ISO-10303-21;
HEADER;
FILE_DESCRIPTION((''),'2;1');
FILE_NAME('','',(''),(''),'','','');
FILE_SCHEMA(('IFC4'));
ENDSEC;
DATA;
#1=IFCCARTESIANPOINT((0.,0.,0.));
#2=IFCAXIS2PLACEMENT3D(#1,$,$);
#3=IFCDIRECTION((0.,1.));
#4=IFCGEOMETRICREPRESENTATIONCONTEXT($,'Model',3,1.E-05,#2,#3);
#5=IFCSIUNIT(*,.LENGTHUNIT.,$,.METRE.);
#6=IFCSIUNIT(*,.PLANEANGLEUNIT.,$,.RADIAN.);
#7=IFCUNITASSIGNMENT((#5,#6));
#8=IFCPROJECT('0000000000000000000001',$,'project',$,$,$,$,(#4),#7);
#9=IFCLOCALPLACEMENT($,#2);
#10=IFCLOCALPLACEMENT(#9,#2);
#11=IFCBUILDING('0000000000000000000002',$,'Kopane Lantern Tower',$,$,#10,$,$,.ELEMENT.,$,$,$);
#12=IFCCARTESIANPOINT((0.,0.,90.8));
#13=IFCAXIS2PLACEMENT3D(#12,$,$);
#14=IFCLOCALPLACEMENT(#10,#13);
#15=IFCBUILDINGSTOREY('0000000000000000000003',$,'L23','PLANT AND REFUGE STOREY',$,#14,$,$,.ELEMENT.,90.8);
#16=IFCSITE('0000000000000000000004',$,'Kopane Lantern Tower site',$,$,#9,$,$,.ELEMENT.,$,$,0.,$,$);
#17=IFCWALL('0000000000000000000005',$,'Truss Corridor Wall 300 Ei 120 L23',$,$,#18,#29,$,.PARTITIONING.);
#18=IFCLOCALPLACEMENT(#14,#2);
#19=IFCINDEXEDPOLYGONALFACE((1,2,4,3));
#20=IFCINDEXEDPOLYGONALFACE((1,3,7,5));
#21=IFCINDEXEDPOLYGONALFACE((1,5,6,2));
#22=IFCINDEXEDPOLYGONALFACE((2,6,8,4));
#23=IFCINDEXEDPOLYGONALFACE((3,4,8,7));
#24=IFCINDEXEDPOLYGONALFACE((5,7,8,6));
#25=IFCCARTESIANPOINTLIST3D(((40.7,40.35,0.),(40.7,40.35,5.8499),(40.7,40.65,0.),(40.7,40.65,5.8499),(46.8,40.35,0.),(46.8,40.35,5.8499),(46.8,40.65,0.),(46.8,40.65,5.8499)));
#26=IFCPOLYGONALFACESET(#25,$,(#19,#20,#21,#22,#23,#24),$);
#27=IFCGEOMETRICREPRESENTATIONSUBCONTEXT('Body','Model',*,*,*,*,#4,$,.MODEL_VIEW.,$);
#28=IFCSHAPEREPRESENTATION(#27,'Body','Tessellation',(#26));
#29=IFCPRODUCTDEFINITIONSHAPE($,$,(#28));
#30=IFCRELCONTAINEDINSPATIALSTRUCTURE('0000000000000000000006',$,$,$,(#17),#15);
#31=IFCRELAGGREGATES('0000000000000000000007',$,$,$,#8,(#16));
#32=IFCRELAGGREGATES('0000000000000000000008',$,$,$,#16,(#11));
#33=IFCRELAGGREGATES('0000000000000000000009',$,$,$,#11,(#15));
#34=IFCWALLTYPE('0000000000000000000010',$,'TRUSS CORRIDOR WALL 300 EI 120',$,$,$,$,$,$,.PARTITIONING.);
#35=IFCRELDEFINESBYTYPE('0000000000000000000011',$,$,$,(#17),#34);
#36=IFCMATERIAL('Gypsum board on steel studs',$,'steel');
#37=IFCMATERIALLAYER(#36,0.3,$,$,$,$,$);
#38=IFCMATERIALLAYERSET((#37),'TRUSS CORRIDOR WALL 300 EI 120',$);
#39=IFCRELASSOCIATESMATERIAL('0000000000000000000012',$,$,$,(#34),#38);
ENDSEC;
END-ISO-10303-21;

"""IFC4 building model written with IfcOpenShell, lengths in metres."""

from ifc_helpers import new_model, si_unit, direction, frame, frame_2d, origin, place, context, subcontext, project, spatial, rectangle, extrude, material, layer, layer_set, type_object, element, save


model = new_model("IFC4")

# Units and contexts
model_context = context("Model", 3, precision=1e-05, world=origin(), true_north=direction((0.0, 1.0)))
body_context = subcontext(model_context, "Body", "Model", "MODEL_VIEW")
ifc_project = project(units=[si_unit("LENGTHUNIT", "METRE"), si_unit("PLANEANGLEUNIT", "RADIAN")], contexts=[model_context])

# Site, building, storey
site_placement = place(None, origin())
site = spatial("IfcSite", under=ifc_project, at=site_placement, Name="Kopane Lantern Tower site", CompositionType="ELEMENT", RefElevation=0.0)
building_placement = place(site_placement, origin())
building = spatial("IfcBuilding", under=site, at=building_placement, Name="Kopane Lantern Tower", CompositionType="ELEMENT")
storey_placement = place(building_placement, frame((0.0, 0.0, 90.8)))
storey = spatial("IfcBuildingStorey", under=building, at=storey_placement, Name="L23", Description="PLANT AND REFUGE STOREY", CompositionType="ELEMENT", Elevation=90.8)

# Wall
ifc_material_1 = material(Name="Gypsum board on steel studs", Category="steel")
ifc_layer_1 = layer(ifc_material_1, 0.3)
ifc_layer_set_1 = layer_set([ifc_layer_1], Name="TRUSS CORRIDOR WALL 300 EI 120")
wall_type_1 = type_object("IfcWallType", Name="TRUSS CORRIDOR WALL 300 EI 120", PredefinedType="PARTITIONING", material=ifc_layer_set_1)
wall_1_placement = place(storey_placement, frame((46.8, 40.5, 0.0), z_axis=(0.0, 0.0, 1.0), x_axis=(-1.0, 0.0, 0.0)))
element("IfcWall", 1, at=wall_1_placement, inside=storey, type_object=wall_type_1, Name="Truss Corridor Wall 300 Ei 120 L23", PredefinedType="PARTITIONING", context=body_context, shape_type="SweptSolid", body=[
    extrude(rectangle(XDim=6.1001, YDim=0.3, at=frame_2d((3.05, 0.0))), origin(), (0.0, 0.0, 1.0), 5.8499),
])

save(model, "model.ifc")
